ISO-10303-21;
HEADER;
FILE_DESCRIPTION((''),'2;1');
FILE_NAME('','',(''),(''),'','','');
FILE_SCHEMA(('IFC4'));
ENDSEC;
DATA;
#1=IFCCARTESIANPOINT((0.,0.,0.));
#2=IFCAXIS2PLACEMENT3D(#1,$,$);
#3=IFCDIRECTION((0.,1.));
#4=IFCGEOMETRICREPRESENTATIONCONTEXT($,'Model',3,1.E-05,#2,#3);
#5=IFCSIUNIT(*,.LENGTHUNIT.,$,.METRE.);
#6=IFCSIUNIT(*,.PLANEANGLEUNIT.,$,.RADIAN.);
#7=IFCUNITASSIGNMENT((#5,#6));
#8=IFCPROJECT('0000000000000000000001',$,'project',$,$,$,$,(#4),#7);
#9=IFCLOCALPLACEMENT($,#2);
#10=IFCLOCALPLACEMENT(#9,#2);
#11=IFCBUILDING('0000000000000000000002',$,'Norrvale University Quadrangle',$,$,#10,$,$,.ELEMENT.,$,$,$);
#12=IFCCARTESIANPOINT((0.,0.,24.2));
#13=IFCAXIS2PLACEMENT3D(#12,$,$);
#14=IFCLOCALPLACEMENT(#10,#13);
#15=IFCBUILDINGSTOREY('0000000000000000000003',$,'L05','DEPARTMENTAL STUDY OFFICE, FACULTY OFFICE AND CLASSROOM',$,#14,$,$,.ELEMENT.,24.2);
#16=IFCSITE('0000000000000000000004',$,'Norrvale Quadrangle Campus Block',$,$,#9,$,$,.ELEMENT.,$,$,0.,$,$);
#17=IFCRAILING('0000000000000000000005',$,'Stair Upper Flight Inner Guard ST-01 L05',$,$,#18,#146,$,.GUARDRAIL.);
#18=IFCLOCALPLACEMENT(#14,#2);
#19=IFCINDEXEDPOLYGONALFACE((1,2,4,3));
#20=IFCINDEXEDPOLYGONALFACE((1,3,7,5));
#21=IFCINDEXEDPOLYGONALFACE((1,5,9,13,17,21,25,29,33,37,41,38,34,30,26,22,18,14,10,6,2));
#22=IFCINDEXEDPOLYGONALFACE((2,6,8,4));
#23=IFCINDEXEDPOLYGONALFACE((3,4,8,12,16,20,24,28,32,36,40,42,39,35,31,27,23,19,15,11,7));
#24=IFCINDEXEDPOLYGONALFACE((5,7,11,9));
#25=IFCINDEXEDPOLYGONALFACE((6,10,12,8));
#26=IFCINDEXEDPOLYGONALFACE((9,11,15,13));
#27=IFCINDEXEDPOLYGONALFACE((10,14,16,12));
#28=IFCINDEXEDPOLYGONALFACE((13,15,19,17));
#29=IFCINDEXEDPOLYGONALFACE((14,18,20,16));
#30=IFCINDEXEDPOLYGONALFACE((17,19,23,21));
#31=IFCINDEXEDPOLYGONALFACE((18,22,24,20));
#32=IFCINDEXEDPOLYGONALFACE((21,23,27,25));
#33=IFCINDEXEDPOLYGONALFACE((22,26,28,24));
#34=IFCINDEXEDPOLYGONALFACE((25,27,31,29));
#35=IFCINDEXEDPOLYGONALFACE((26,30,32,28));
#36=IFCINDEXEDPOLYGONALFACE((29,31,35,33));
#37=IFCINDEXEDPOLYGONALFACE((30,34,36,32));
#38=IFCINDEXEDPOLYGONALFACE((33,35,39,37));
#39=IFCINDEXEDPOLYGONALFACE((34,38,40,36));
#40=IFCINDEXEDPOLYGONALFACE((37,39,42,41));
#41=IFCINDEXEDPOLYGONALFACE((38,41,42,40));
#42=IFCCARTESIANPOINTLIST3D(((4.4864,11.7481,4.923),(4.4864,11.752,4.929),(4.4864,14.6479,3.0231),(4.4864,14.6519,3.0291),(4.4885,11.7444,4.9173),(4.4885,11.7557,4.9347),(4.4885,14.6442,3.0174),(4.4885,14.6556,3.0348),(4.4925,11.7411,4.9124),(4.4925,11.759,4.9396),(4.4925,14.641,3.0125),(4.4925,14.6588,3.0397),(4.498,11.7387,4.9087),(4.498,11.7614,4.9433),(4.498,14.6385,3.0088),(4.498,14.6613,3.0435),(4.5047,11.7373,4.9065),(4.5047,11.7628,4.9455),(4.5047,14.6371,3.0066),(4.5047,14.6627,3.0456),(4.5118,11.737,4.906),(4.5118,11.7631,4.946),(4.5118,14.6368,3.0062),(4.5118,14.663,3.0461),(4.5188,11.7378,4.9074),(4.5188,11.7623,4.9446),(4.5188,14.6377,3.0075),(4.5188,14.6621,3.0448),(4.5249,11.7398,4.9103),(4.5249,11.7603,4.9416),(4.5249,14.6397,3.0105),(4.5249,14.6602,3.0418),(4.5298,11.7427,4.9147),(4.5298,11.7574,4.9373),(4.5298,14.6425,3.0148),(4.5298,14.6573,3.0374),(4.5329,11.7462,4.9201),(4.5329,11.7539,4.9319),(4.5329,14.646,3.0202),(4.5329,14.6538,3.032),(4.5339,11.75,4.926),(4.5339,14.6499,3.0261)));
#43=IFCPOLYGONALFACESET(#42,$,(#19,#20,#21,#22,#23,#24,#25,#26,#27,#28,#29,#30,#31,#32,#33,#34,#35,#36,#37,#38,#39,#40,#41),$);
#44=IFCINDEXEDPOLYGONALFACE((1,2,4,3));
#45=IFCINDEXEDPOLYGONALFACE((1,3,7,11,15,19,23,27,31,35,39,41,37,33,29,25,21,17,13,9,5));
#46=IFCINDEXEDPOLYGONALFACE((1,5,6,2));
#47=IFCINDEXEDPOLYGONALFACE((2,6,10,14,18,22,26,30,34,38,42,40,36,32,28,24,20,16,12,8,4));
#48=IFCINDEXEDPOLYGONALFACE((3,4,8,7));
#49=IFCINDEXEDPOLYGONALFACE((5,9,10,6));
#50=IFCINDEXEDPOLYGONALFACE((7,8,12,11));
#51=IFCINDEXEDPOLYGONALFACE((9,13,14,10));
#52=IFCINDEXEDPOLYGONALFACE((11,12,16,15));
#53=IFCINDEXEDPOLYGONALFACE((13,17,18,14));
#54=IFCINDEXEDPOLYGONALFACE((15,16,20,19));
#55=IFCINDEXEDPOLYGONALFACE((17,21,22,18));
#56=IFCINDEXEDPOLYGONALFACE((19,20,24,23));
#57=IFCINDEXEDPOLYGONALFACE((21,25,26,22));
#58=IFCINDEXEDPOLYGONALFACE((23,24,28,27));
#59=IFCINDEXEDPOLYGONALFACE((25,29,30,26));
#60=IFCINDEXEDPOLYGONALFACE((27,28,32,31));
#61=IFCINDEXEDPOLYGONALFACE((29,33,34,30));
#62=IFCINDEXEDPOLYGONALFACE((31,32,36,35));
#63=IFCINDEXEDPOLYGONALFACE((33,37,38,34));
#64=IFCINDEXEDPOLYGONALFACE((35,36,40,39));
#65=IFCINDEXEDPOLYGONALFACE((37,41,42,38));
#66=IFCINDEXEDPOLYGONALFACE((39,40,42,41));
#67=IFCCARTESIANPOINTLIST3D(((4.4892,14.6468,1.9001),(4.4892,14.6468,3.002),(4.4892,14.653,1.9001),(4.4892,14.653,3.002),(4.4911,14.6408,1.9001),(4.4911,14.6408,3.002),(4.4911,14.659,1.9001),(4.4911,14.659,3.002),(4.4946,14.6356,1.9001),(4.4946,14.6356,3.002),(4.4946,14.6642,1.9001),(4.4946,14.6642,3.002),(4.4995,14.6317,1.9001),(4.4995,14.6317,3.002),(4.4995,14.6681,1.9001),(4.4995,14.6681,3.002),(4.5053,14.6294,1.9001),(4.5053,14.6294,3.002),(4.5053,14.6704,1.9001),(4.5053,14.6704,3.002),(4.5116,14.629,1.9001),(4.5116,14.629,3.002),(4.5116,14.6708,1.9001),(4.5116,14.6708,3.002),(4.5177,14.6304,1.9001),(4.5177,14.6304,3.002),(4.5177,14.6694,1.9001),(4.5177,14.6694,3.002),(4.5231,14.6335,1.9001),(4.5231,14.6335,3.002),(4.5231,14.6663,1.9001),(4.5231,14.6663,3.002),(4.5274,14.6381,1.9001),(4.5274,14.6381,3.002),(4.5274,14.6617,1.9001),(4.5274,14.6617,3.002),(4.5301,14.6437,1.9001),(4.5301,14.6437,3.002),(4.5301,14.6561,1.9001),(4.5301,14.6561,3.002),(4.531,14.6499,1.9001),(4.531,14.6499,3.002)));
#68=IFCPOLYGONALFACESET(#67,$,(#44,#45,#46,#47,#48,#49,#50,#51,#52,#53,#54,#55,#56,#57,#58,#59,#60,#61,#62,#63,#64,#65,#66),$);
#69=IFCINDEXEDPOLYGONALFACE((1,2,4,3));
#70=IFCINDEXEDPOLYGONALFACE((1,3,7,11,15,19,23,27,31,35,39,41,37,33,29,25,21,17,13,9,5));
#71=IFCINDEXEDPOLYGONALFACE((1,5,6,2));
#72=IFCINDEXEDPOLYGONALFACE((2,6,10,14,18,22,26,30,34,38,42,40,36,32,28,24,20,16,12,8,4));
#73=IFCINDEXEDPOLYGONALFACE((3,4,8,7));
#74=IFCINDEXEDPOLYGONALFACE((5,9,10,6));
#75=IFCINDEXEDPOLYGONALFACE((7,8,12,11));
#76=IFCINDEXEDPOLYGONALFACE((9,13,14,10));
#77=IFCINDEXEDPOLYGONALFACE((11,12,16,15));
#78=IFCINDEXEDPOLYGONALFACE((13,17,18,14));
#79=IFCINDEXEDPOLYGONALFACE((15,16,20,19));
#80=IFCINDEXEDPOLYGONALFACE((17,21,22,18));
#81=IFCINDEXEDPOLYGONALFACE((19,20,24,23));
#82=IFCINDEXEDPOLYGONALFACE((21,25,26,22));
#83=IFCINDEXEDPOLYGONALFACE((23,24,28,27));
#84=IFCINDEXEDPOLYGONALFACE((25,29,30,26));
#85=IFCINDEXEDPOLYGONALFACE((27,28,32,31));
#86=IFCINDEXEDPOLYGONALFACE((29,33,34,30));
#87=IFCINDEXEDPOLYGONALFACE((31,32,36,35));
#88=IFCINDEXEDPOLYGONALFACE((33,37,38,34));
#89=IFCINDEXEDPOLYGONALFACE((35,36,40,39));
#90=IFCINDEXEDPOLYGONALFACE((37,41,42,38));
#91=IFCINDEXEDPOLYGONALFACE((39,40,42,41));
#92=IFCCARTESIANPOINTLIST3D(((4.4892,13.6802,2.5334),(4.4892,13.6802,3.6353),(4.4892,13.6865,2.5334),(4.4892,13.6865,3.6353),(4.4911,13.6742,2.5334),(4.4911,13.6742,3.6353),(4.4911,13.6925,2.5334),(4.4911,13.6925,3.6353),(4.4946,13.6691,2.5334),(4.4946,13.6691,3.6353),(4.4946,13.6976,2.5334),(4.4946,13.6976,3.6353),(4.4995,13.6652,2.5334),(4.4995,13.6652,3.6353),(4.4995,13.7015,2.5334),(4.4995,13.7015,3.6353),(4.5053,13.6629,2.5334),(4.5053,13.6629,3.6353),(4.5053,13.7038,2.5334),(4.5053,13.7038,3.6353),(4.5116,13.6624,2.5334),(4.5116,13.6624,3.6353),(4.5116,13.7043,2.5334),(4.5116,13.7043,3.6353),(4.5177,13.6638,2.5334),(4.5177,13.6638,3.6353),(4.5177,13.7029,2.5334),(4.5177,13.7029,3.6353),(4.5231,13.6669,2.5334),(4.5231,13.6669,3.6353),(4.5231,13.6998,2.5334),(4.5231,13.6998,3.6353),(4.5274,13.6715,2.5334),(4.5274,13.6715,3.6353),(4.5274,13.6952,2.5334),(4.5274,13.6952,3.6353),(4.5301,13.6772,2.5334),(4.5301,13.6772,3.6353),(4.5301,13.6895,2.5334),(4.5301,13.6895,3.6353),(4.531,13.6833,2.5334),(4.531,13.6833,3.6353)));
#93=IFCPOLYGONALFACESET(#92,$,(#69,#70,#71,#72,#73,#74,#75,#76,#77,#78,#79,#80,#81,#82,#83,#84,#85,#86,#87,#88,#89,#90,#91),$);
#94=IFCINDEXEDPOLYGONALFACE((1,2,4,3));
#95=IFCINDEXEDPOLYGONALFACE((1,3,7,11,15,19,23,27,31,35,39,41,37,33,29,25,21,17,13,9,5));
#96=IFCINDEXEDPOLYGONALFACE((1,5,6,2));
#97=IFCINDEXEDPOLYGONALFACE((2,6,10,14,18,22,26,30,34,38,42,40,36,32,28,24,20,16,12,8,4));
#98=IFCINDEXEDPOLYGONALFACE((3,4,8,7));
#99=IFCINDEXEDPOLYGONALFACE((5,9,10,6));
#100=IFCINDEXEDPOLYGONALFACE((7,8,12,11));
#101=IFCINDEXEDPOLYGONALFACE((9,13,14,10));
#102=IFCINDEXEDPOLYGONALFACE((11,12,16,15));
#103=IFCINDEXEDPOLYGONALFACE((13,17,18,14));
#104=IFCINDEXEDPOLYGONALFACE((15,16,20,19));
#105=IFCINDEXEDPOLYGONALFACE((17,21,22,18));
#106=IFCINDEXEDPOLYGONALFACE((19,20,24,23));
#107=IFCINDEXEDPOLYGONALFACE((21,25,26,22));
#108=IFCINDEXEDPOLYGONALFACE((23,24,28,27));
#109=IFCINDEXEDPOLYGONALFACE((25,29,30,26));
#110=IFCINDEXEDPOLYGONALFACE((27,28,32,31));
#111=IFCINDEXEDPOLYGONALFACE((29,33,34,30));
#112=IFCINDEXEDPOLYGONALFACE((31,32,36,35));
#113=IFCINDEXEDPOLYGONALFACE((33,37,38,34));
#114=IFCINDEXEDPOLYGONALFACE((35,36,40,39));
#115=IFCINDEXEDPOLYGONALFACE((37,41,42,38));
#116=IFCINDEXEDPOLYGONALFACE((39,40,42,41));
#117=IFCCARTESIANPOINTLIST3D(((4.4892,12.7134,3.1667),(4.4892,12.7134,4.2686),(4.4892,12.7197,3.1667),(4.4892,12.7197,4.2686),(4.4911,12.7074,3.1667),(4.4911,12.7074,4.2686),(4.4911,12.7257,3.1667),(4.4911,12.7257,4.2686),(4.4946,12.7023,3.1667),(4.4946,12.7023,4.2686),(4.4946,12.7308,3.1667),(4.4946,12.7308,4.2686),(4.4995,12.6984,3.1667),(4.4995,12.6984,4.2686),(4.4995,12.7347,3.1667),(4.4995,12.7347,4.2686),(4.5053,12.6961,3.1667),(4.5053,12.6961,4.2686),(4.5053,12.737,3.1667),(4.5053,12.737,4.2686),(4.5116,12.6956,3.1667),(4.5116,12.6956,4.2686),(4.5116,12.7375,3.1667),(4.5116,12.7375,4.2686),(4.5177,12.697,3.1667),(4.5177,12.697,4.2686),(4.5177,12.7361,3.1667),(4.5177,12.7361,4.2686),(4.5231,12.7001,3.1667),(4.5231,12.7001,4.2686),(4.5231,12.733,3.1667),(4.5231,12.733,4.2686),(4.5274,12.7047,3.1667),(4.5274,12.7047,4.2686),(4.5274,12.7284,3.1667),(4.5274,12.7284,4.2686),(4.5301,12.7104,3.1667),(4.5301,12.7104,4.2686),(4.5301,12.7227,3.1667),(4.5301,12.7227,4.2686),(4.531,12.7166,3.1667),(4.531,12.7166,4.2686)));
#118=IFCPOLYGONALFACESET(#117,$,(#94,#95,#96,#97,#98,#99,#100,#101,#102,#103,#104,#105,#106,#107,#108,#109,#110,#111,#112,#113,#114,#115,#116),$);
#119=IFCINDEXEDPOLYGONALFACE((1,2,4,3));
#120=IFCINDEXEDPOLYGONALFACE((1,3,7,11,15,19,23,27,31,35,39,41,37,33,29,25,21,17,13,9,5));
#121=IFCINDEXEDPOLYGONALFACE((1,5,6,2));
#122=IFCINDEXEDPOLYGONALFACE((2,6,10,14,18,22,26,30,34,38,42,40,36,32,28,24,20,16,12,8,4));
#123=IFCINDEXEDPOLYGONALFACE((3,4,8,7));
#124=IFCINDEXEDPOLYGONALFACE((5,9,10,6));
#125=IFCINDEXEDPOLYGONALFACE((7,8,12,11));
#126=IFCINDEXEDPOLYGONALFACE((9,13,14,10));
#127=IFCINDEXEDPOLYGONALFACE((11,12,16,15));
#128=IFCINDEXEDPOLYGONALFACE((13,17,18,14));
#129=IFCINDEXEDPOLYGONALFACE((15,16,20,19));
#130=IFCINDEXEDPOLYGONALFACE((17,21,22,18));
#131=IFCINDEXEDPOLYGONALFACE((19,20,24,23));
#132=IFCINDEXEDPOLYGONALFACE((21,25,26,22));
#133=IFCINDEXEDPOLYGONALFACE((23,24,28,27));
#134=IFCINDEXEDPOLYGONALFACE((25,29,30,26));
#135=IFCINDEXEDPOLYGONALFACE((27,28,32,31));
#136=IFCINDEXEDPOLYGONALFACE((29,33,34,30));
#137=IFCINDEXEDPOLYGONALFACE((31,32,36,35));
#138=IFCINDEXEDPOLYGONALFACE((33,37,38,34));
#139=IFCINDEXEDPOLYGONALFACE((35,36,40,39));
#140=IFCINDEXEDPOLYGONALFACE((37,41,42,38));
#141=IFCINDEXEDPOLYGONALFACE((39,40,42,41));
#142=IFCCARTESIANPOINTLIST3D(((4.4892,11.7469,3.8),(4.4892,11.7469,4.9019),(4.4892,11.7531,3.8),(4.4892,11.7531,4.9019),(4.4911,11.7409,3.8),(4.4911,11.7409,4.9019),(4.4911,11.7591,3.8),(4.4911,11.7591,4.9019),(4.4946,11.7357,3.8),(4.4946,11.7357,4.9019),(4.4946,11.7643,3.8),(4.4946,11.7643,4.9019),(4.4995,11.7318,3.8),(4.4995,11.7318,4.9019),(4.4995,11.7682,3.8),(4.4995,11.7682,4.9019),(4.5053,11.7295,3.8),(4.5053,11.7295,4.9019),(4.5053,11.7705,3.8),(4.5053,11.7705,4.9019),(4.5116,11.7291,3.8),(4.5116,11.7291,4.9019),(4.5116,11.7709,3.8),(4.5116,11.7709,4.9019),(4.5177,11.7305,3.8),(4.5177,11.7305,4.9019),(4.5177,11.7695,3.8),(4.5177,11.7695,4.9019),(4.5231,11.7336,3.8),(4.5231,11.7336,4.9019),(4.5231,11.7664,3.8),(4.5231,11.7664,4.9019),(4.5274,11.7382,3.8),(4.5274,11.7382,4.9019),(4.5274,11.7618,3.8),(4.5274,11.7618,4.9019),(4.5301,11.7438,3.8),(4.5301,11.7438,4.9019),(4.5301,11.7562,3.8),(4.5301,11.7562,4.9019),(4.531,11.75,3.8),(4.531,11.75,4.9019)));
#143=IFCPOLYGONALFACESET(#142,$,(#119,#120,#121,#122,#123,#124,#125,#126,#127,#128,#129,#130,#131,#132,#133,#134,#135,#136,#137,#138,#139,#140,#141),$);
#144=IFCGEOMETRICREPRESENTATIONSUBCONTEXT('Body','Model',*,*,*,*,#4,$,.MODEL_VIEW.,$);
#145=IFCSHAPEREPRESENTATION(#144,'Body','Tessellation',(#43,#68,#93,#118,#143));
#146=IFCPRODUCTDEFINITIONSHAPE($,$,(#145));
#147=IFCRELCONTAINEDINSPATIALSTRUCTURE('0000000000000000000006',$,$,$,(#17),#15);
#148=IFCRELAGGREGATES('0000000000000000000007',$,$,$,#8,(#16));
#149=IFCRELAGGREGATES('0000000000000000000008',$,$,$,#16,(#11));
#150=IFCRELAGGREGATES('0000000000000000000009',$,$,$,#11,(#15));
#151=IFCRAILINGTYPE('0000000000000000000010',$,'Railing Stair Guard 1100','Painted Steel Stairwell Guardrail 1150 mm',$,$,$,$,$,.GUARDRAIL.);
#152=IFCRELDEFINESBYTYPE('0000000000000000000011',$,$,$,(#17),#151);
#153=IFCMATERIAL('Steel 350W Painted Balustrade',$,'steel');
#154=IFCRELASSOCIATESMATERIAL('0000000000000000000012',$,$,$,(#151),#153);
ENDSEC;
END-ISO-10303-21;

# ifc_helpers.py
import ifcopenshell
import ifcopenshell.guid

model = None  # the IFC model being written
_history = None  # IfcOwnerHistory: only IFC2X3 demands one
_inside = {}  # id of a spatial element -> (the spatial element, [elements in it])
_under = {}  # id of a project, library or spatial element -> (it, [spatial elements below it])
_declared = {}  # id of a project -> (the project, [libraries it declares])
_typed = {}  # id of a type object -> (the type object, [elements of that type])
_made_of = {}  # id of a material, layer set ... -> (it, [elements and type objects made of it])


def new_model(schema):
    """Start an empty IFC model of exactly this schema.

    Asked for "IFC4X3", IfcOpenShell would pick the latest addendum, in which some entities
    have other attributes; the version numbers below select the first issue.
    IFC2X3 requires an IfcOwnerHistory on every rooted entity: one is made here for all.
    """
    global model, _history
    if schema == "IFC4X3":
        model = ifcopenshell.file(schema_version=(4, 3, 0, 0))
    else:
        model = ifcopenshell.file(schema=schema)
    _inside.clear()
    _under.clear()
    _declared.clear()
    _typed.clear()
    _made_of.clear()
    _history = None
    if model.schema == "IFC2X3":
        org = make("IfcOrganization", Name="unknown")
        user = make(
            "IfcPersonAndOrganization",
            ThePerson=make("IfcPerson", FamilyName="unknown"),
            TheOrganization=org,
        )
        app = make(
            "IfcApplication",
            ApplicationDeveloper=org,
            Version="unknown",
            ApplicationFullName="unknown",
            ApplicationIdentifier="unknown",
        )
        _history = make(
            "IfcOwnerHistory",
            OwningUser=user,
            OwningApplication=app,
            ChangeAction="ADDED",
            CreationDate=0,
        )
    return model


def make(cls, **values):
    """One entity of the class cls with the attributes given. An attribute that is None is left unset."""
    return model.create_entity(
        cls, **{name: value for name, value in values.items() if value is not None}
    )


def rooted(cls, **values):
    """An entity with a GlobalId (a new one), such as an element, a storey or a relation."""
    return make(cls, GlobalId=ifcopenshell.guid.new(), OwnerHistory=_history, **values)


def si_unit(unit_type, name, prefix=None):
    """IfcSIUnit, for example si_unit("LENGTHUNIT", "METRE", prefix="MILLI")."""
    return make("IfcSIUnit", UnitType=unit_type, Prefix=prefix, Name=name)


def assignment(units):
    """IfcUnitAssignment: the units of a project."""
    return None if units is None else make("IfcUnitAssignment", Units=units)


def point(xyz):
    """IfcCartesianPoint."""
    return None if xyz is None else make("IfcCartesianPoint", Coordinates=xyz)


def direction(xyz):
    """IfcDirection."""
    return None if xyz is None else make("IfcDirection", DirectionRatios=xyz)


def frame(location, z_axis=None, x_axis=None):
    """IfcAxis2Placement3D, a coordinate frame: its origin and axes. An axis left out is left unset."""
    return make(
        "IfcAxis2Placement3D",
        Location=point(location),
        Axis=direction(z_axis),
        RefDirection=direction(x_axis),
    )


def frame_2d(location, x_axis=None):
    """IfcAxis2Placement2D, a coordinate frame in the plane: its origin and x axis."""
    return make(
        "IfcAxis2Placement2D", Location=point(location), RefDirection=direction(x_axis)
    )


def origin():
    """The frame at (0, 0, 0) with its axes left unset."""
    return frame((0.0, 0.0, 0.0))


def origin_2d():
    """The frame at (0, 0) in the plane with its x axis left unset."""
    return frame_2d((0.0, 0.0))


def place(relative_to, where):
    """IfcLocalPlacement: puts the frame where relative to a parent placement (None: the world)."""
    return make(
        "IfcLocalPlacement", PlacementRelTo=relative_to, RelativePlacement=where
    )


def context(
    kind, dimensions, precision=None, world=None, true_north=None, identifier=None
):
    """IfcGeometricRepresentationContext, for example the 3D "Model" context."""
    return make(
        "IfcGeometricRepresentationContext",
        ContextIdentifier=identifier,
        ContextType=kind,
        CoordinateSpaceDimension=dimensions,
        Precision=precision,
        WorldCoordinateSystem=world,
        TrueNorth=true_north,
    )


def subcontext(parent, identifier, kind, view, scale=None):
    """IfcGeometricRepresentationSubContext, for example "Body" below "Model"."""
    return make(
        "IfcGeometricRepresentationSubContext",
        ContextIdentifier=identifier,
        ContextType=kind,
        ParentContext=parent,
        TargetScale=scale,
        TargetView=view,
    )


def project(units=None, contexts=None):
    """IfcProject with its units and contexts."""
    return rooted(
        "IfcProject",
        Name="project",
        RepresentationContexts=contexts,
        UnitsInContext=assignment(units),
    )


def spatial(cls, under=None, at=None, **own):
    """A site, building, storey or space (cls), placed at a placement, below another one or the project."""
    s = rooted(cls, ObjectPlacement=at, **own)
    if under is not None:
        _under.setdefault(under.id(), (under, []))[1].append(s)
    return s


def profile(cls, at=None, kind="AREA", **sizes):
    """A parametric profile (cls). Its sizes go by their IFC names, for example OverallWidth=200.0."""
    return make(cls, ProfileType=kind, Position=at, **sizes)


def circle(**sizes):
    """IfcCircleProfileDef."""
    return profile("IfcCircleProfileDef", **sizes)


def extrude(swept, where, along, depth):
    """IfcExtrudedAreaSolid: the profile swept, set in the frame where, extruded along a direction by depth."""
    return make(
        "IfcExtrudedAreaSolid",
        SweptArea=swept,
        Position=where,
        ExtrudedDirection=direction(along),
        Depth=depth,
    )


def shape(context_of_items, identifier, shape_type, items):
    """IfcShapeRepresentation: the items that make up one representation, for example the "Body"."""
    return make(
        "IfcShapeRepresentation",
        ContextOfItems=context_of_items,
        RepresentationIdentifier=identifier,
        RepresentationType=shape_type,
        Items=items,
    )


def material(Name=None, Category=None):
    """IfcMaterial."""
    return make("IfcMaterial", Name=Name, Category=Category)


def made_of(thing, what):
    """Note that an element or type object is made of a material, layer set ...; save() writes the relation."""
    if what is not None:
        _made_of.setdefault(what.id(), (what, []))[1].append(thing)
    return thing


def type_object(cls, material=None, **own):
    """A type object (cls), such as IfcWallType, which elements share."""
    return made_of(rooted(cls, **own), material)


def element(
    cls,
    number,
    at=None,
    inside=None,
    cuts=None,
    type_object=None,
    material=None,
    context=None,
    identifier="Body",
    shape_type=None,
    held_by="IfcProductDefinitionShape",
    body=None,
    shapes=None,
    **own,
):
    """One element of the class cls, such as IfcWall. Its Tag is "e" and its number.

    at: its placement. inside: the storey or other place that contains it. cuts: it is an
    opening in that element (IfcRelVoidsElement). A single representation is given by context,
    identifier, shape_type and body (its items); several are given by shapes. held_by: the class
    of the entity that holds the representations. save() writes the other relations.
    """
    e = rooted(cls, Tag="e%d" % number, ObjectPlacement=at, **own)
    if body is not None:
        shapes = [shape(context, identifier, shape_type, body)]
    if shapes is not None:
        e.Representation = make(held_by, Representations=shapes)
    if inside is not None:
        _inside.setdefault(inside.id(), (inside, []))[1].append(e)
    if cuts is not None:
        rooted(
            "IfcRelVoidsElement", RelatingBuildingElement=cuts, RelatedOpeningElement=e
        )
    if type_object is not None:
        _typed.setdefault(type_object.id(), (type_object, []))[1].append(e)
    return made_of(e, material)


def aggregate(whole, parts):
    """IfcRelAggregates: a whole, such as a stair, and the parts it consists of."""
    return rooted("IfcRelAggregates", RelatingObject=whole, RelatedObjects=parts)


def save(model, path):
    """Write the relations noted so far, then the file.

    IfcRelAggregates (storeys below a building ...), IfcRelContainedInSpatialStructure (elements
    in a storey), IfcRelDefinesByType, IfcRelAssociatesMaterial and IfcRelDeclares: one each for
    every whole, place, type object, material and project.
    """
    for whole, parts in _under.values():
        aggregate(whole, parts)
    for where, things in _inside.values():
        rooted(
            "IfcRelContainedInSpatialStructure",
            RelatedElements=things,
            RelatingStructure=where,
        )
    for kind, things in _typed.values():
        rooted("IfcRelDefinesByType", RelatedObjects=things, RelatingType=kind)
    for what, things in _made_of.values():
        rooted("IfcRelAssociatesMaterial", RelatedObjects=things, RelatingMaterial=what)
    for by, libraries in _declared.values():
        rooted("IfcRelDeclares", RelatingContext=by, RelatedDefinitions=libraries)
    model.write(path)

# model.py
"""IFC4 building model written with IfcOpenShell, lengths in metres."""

from ifc_helpers import new_model, si_unit, direction, frame, origin, origin_2d, place, context, subcontext, project, spatial, circle, extrude, material, type_object, element, save


model = new_model("IFC4")

# Units and contexts
model_context = context("Model", 3, precision=1e-05, world=origin(), true_north=direction((0.0, 1.0)))
body_context = subcontext(model_context, "Body", "Model", "MODEL_VIEW")
ifc_project = project(units=[si_unit("LENGTHUNIT", "METRE"), si_unit("PLANEANGLEUNIT", "RADIAN")], contexts=[model_context])

# Site, building, storey
site_placement = place(None, origin())
site = spatial("IfcSite", under=ifc_project, at=site_placement, Name="Norrvale Quadrangle Campus Block", CompositionType="ELEMENT", RefElevation=0.0)
building_placement = place(site_placement, origin())
building = spatial("IfcBuilding", under=site, at=building_placement, Name="Norrvale University Quadrangle", CompositionType="ELEMENT")
storey_placement = place(building_placement, frame((0.0, 0.0, 24.2)))
storey = spatial("IfcBuildingStorey", under=building, at=storey_placement, Name="L05", Description="DEPARTMENTAL STUDY OFFICE, FACULTY OFFICE AND CLASSROOM", CompositionType="ELEMENT", Elevation=24.2)

# Railing
ifc_material_1 = material(Name="Steel 350W Painted Balustrade", Category="steel")
railing_type_1 = type_object("IfcRailingType", Name="Railing Stair Guard 1100", Description="Painted Steel Stairwell Guardrail 1150 mm", PredefinedType="GUARDRAIL", material=ifc_material_1)
railing_1_placement = place(storey_placement, frame((4.51, 14.6499, 1.9001)))
element("IfcRailing", 1, at=railing_1_placement, inside=storey, type_object=railing_type_1, Name="Stair Upper Flight Inner Guard ST-01 L05", PredefinedType="GUARDRAIL", context=body_context, shape_type="SweptSolid", body=[
    extrude(circle(Radius=0.0239, at=origin_2d()), frame((0.0, 0.0, 1.126), z_axis=(0.0, -0.836466, 0.548019), x_axis=(1.0, 0.0, 0.0)), (0.0, 0.0, 1.0), 3.4668),
    extrude(circle(Radius=0.021, at=origin_2d()), origin(), (0.0, 0.0, 1.0), 1.1018),
    extrude(circle(Radius=0.021, at=origin_2d()), frame((0.0, -0.9666, 0.6333)), (0.0, 0.0, 1.0), 1.1018),
    extrude(circle(Radius=0.021, at=origin_2d()), frame((0.0, -1.9333, 1.2666)), (0.0, 0.0, 1.0), 1.1018),
    extrude(circle(Radius=0.021, at=origin_2d()), frame((0.0, -2.8999, 1.8999)), (0.0, 0.0, 1.0), 1.1018),
])

save(model, "model.ifc")
